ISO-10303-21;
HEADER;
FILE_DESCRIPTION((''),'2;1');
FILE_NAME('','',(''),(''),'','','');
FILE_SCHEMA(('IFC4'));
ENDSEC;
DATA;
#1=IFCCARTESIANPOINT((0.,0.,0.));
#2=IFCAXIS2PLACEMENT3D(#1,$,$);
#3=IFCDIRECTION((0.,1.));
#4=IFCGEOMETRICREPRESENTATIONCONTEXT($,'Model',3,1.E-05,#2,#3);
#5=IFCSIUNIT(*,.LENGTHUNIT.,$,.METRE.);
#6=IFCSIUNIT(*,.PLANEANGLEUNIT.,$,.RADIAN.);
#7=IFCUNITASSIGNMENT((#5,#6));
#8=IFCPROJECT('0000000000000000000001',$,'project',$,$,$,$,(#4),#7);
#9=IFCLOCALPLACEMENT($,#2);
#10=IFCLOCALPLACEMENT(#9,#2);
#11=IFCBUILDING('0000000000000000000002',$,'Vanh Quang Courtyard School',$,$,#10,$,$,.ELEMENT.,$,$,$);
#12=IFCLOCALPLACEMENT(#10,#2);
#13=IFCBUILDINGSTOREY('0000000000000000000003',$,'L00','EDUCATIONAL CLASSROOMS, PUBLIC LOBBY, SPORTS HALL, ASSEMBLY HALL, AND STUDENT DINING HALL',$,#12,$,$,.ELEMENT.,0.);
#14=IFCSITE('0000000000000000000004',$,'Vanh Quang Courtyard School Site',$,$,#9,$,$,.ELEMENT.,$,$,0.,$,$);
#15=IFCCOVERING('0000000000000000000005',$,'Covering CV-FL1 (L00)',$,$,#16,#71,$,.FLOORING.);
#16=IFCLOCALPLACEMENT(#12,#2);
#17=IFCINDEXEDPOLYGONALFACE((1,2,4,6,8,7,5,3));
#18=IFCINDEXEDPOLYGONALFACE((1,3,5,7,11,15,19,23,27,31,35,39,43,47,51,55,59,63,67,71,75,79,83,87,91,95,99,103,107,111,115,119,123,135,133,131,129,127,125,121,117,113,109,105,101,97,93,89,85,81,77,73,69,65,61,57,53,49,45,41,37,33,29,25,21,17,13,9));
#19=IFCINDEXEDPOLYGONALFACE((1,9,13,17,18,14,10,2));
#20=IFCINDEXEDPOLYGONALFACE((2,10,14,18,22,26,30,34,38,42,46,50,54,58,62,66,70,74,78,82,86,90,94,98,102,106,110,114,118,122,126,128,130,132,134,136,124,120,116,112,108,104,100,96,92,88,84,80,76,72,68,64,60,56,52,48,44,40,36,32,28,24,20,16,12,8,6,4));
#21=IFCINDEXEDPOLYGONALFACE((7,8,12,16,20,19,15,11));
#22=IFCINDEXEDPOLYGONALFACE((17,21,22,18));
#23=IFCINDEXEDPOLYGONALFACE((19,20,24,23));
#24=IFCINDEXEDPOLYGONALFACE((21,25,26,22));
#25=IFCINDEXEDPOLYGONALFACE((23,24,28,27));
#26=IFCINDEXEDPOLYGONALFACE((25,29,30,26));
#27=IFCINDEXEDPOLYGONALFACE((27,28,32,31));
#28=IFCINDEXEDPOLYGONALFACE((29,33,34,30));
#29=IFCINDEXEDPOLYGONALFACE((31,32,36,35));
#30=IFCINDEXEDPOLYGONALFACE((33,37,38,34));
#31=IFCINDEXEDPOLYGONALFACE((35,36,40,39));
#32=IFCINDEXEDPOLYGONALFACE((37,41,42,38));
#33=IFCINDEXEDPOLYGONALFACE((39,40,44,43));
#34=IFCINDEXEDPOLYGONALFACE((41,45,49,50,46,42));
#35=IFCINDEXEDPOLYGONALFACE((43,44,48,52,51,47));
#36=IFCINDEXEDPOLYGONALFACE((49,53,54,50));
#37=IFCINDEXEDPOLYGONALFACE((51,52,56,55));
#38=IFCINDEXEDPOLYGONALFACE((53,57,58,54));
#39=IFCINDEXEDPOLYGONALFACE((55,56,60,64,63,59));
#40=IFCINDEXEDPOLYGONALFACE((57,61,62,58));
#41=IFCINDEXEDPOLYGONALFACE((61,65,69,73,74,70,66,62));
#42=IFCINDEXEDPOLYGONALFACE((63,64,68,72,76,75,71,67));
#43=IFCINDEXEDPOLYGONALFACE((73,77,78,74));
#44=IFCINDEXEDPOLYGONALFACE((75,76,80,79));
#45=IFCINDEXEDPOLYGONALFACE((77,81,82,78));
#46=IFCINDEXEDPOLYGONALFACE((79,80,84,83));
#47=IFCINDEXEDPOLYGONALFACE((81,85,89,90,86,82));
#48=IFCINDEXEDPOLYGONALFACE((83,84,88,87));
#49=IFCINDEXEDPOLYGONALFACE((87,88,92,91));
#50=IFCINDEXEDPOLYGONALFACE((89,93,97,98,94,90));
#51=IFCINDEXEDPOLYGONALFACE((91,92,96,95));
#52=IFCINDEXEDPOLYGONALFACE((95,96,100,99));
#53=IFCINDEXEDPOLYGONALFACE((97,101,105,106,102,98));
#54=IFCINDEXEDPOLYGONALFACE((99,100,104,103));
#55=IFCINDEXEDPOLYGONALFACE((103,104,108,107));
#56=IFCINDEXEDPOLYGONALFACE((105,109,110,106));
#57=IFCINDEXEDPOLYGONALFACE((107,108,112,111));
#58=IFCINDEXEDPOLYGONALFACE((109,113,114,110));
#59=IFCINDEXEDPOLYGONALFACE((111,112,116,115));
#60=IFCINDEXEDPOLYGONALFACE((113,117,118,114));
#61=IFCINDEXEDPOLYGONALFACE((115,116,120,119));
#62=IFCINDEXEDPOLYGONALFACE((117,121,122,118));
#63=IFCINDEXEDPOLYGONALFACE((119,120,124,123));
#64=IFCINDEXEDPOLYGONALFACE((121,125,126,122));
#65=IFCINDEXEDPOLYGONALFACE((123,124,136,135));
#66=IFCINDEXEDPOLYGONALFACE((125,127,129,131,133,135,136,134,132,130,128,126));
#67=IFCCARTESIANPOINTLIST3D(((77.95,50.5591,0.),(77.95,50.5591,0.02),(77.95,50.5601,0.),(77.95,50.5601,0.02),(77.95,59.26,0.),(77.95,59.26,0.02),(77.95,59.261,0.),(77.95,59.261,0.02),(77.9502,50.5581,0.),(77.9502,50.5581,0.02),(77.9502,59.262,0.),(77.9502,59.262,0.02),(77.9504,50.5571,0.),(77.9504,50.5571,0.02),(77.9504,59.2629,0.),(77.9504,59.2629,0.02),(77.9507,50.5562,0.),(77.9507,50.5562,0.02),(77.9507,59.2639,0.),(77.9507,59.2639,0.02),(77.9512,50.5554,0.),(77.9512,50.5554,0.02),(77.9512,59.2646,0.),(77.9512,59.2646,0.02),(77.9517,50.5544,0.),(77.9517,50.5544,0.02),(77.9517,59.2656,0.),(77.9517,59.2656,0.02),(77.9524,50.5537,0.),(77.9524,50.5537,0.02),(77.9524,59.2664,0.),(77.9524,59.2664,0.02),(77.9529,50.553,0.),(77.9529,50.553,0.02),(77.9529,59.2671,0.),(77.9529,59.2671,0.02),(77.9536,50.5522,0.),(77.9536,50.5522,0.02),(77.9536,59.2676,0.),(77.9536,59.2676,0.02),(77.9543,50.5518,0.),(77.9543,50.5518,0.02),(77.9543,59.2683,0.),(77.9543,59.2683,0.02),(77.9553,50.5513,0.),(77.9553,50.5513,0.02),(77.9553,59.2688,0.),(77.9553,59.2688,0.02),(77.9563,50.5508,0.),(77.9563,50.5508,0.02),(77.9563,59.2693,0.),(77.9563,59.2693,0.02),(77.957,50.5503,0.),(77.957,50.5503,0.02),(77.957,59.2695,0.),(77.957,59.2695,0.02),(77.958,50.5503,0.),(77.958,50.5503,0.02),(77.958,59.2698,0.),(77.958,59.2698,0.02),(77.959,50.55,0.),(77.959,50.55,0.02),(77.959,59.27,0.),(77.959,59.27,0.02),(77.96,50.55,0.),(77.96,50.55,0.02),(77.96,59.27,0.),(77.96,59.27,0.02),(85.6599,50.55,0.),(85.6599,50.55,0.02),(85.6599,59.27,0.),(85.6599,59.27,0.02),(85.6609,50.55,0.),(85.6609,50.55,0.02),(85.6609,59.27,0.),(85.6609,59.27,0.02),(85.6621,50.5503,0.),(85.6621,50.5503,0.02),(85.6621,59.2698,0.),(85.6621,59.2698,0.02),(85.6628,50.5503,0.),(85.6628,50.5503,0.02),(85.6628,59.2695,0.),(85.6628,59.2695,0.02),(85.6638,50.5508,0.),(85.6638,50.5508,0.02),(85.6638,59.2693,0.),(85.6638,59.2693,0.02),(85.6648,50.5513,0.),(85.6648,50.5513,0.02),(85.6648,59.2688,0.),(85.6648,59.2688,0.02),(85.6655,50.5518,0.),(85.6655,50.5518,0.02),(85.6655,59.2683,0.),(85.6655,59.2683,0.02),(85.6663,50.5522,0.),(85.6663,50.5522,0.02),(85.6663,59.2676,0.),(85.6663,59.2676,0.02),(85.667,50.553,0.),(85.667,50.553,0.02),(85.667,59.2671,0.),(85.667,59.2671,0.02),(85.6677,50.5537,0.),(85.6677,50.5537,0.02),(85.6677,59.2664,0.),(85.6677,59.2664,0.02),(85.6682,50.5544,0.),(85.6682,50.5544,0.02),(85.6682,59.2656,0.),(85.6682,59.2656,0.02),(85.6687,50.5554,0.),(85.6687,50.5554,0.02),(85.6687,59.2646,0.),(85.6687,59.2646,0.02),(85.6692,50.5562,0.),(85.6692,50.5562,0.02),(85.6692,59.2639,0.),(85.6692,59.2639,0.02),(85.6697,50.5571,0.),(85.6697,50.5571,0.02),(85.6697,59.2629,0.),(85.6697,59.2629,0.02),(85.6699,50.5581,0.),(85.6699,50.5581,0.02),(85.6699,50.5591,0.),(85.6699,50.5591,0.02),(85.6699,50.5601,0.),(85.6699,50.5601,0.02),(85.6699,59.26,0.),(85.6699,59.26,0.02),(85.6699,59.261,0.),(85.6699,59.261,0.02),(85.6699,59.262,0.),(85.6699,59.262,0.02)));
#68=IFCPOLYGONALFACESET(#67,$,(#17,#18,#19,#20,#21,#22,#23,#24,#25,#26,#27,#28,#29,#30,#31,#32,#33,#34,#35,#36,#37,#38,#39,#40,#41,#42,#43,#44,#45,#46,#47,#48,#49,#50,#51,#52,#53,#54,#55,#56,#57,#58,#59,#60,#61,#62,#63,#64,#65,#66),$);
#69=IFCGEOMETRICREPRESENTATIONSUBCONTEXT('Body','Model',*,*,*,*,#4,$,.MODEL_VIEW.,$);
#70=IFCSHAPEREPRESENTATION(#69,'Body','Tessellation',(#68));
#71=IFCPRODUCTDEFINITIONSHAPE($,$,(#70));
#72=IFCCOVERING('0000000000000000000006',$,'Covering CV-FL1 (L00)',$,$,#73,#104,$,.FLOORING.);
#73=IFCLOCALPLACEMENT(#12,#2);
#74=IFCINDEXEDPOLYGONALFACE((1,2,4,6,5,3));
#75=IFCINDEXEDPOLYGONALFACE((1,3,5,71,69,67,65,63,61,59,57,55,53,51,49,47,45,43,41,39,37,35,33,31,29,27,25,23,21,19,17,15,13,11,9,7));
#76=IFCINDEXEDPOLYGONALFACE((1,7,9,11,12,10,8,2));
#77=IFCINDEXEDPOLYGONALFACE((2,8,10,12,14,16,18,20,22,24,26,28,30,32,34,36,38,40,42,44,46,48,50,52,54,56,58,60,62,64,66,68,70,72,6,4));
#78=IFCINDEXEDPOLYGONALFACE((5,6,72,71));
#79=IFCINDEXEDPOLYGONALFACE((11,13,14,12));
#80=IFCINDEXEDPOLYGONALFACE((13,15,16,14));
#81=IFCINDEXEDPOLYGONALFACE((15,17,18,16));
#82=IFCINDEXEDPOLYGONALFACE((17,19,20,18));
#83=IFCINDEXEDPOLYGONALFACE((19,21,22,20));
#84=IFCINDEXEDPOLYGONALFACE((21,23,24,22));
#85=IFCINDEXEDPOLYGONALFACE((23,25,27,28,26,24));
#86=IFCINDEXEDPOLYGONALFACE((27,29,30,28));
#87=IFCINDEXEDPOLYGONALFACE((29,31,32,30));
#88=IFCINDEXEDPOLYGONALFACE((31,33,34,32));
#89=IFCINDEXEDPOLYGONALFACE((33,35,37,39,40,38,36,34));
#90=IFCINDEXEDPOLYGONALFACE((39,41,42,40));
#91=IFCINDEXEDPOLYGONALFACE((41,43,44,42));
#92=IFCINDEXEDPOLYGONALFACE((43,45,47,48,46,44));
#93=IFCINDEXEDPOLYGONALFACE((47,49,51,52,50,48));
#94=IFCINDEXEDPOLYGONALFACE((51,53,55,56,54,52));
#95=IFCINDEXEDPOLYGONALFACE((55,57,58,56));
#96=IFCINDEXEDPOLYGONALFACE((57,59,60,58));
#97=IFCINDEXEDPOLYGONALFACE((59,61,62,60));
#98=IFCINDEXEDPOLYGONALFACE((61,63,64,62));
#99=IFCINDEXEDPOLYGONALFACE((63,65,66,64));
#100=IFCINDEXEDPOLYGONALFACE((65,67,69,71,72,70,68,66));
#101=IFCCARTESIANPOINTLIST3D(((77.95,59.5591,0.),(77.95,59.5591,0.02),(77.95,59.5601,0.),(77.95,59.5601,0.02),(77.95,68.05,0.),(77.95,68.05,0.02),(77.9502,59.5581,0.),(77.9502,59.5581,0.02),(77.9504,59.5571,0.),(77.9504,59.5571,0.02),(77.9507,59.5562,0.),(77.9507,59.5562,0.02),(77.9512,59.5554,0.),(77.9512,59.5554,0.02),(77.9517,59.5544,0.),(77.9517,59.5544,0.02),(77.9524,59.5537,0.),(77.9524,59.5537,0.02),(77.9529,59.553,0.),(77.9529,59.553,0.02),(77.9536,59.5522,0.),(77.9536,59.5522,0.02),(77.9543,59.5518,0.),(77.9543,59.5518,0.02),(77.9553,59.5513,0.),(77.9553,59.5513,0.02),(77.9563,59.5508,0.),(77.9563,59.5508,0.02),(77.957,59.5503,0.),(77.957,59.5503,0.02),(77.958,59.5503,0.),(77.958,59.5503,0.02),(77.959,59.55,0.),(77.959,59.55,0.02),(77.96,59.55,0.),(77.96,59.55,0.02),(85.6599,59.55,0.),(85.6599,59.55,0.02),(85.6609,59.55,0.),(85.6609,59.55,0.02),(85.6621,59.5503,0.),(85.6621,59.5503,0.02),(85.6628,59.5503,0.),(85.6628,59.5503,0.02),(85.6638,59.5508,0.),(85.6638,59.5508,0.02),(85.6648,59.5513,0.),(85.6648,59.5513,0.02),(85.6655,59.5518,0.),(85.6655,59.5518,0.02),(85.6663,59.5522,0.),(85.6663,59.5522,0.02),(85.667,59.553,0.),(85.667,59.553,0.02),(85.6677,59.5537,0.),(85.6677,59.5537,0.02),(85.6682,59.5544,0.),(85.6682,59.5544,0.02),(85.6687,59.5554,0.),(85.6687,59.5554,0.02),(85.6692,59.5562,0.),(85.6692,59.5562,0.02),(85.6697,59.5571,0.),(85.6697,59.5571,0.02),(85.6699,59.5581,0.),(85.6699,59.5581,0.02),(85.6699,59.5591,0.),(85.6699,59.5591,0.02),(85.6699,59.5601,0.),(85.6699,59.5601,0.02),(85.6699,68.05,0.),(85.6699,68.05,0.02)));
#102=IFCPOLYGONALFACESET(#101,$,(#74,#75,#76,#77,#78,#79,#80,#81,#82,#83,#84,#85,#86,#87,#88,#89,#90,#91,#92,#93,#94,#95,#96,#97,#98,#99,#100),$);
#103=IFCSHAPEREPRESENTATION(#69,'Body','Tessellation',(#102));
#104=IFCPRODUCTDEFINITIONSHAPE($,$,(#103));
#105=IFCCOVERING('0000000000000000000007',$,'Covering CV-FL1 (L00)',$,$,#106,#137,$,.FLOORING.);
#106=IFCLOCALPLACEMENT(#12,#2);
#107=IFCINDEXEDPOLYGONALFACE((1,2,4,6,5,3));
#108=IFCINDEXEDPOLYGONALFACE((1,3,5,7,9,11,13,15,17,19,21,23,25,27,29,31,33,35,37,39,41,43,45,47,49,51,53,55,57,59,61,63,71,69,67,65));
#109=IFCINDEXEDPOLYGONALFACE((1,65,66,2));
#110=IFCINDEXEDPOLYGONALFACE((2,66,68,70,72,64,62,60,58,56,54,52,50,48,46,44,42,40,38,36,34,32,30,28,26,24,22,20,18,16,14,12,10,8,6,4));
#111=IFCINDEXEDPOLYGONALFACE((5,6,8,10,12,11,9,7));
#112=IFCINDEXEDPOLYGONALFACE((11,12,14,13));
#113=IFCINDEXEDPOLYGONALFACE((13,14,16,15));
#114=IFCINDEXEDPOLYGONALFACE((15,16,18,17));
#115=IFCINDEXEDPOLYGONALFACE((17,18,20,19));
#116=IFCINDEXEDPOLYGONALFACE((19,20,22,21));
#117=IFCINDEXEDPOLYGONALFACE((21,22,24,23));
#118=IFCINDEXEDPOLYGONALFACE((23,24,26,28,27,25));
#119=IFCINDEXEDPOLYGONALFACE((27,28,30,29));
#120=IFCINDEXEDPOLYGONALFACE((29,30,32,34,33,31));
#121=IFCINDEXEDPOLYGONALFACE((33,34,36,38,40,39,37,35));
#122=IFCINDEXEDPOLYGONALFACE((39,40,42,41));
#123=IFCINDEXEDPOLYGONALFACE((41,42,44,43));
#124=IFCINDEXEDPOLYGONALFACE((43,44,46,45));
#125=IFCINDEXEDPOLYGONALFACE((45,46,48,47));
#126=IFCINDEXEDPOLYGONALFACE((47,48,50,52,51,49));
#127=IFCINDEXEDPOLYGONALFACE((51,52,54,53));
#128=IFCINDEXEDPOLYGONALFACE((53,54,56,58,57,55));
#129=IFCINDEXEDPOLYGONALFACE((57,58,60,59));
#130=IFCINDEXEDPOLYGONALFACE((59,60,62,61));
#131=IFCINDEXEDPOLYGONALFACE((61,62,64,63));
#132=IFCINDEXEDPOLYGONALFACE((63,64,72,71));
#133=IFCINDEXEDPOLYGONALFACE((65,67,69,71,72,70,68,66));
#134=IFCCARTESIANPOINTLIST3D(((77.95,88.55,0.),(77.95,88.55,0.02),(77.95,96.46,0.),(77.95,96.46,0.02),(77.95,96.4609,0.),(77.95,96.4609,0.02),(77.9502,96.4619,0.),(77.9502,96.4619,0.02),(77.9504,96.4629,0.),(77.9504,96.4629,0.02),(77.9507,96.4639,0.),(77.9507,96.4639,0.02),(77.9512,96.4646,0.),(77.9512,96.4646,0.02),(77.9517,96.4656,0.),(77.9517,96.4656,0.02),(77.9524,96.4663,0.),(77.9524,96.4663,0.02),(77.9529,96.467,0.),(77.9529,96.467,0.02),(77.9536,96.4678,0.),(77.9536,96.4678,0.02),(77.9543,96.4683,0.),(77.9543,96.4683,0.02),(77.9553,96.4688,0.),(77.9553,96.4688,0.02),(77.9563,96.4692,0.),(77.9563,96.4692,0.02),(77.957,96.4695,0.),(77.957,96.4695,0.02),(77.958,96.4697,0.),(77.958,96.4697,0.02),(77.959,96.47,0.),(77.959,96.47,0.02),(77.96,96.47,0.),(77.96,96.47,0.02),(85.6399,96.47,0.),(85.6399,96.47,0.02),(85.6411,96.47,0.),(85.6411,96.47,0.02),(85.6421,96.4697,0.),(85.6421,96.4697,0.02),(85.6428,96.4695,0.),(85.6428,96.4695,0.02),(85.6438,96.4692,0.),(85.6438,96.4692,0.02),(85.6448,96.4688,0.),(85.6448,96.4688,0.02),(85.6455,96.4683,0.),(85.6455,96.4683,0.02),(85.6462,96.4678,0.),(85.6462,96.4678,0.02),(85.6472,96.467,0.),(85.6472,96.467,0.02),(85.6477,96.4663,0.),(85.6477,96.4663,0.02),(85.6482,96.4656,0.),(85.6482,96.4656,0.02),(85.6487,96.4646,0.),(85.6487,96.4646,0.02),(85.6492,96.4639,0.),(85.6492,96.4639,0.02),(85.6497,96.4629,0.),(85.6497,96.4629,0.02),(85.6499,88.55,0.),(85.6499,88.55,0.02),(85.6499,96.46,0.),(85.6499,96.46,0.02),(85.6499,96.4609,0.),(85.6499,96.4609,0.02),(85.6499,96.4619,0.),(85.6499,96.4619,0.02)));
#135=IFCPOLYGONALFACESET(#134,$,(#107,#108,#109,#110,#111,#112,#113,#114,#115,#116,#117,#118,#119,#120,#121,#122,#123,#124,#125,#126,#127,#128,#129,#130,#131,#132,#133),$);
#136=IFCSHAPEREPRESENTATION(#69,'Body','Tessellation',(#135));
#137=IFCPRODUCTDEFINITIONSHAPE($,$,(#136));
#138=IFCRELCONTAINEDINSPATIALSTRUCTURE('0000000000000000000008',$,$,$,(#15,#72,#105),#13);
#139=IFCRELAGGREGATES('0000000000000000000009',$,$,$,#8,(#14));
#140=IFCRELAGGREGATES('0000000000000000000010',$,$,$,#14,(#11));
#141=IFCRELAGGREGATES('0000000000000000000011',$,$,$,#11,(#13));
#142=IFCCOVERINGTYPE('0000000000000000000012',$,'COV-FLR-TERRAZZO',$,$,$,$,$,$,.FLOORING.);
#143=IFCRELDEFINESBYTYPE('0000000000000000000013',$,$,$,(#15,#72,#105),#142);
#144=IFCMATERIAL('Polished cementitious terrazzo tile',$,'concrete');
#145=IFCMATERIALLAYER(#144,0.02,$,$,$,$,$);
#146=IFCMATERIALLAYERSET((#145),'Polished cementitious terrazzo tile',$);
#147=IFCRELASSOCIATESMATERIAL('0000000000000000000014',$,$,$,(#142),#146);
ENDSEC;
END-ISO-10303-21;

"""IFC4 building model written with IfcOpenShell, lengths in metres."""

from ifc_helpers import new_model, si_unit, direction, origin, place, context, subcontext, project, spatial, polyline, outline, extrude, material, layer, layer_set, type_object, element, save


model = new_model("IFC4")

# Units and contexts
model_context = context("Model", 3, precision=1e-05, world=origin(), true_north=direction((0.0, 1.0)))
body_context = subcontext(model_context, "Body", "Model", "MODEL_VIEW")
ifc_project = project(units=[si_unit("LENGTHUNIT", "METRE"), si_unit("PLANEANGLEUNIT", "RADIAN")], contexts=[model_context])

# Site, building, storey
site_placement = place(None, origin())
site = spatial("IfcSite", under=ifc_project, at=site_placement, Name="Vanh Quang Courtyard School Site", CompositionType="ELEMENT", RefElevation=0.0)
building_placement = place(site_placement, origin())
building = spatial("IfcBuilding", under=site, at=building_placement, Name="Vanh Quang Courtyard School", CompositionType="ELEMENT")
storey_placement = place(building_placement, origin())
storey = spatial("IfcBuildingStorey", under=building, at=storey_placement, Name="L00", Description="EDUCATIONAL CLASSROOMS, PUBLIC LOBBY, SPORTS HALL, ASSEMBLY HALL, AND STUDENT DINING HALL", CompositionType="ELEMENT", Elevation=0.0)

# Coverings
ifc_material_1 = material(Name="Polished cementitious terrazzo tile", Category="concrete")
ifc_layer_1 = layer(ifc_material_1, 0.02)
ifc_layer_set_1 = layer_set([ifc_layer_1], Name="Polished cementitious terrazzo tile")
covering_type = type_object("IfcCoveringType", Name="COV-FLR-TERRAZZO", PredefinedType="FLOORING", material=ifc_layer_set_1)
covering_1_placement = place(storey_placement, origin())
element("IfcCovering", 1, at=covering_1_placement, inside=storey, type_object=covering_type, Name="Covering CV-FL1 (L00)", PredefinedType="FLOORING", context=body_context, shape_type="SweptSolid", body=[
    extrude(outline(polyline([(77.96, 50.55), (77.959, 50.55), (77.958, 50.5503), (77.957, 50.5503), (77.9563, 50.5508), (77.9553, 50.5513), (77.9543, 50.5518), (77.9536, 50.5522), (77.9529, 50.553), (77.9524, 50.5537), (77.9517, 50.5544), (77.9512, 50.5554), (77.9507, 50.5562), (77.9504, 50.5571), (77.9502, 50.5581), (77.95, 50.5591), (77.95, 50.5601), (77.95, 59.26), (77.95, 59.261), (77.9502, 59.262), (77.9504, 59.2629), (77.9507, 59.2639), (77.9512, 59.2646), (77.9517, 59.2656), (77.9524, 59.2664), (77.9529, 59.2671), (77.9536, 59.2676), (77.9543, 59.2683), (77.9553, 59.2688), (77.9563, 59.2693), (77.957, 59.2695), (77.958, 59.2698), (77.959, 59.27), (77.96, 59.27), (85.6599, 59.27), (85.6609, 59.27), (85.6621, 59.2698), (85.6628, 59.2695), (85.6638, 59.2693), (85.6648, 59.2688), (85.6655, 59.2683), (85.6663, 59.2676), (85.667, 59.2671), (85.6677, 59.2664), (85.6682, 59.2656), (85.6687, 59.2646), (85.6692, 59.2639), (85.6697, 59.2629), (85.6699, 59.262), (85.6699, 59.261), (85.6699, 59.26), (85.6699, 50.5601), (85.6699, 50.5591), (85.6699, 50.5581), (85.6697, 50.5571), (85.6692, 50.5562), (85.6687, 50.5554), (85.6682, 50.5544), (85.6677, 50.5537), (85.667, 50.553), (85.6663, 50.5522), (85.6655, 50.5518), (85.6648, 50.5513), (85.6638, 50.5508), (85.6628, 50.5503), (85.6621, 50.5503), (85.6609, 50.55), (85.6599, 50.55), (77.96, 50.55)])), origin(), (0.0, 0.0, 1.0), 0.02),
])
covering_2_placement = place(storey_placement, origin())
element("IfcCovering", 2, at=covering_2_placement, inside=storey, type_object=covering_type, Name="Covering CV-FL1 (L00)", PredefinedType="FLOORING", context=body_context, shape_type="SweptSolid", body=[
    extrude(outline(polyline([(77.96, 59.55), (77.959, 59.55), (77.958, 59.5503), (77.957, 59.5503), (77.9563, 59.5508), (77.9553, 59.5513), (77.9543, 59.5518), (77.9536, 59.5522), (77.9529, 59.553), (77.9524, 59.5537), (77.9517, 59.5544), (77.9512, 59.5554), (77.9507, 59.5562), (77.9504, 59.5571), (77.9502, 59.5581), (77.95, 59.5591), (77.95, 59.5601), (77.95, 68.05), (85.6699, 68.05), (85.6699, 59.5601), (85.6699, 59.5591), (85.6699, 59.5581), (85.6697, 59.5571), (85.6692, 59.5562), (85.6687, 59.5554), (85.6682, 59.5544), (85.6677, 59.5537), (85.667, 59.553), (85.6663, 59.5522), (85.6655, 59.5518), (85.6648, 59.5513), (85.6638, 59.5508), (85.6628, 59.5503), (85.6621, 59.5503), (85.6609, 59.55), (85.6599, 59.55), (77.96, 59.55)])), origin(), (0.0, 0.0, 1.0), 0.02),
])
covering_3_placement = place(storey_placement, origin())
element("IfcCovering", 3, at=covering_3_placement, inside=storey, type_object=covering_type, Name="Covering CV-FL1 (L00)", PredefinedType="FLOORING", context=body_context, shape_type="SweptSolid", body=[
    extrude(outline(polyline([(77.95, 96.46), (77.95, 96.4609), (77.9502, 96.4619), (77.9504, 96.4629), (77.9507, 96.4639), (77.9512, 96.4646), (77.9517, 96.4656), (77.9524, 96.4663), (77.9529, 96.467), (77.9536, 96.4678), (77.9543, 96.4683), (77.9553, 96.4688), (77.9563, 96.4692), (77.957, 96.4695), (77.958, 96.4697), (77.959, 96.47), (77.96, 96.47), (85.6399, 96.47), (85.6411, 96.47), (85.6421, 96.4697), (85.6428, 96.4695), (85.6438, 96.4692), (85.6448, 96.4688), (85.6455, 96.4683), (85.6462, 96.4678), (85.6472, 96.467), (85.6477, 96.4663), (85.6482, 96.4656), (85.6487, 96.4646), (85.6492, 96.4639), (85.6497, 96.4629), (85.6499, 96.4619), (85.6499, 96.4609), (85.6499, 96.46), (85.6499, 88.55), (77.95, 88.55), (77.95, 96.46)])), origin(), (0.0, 0.0, 1.0), 0.02),
])

save(model, "model.ifc")
